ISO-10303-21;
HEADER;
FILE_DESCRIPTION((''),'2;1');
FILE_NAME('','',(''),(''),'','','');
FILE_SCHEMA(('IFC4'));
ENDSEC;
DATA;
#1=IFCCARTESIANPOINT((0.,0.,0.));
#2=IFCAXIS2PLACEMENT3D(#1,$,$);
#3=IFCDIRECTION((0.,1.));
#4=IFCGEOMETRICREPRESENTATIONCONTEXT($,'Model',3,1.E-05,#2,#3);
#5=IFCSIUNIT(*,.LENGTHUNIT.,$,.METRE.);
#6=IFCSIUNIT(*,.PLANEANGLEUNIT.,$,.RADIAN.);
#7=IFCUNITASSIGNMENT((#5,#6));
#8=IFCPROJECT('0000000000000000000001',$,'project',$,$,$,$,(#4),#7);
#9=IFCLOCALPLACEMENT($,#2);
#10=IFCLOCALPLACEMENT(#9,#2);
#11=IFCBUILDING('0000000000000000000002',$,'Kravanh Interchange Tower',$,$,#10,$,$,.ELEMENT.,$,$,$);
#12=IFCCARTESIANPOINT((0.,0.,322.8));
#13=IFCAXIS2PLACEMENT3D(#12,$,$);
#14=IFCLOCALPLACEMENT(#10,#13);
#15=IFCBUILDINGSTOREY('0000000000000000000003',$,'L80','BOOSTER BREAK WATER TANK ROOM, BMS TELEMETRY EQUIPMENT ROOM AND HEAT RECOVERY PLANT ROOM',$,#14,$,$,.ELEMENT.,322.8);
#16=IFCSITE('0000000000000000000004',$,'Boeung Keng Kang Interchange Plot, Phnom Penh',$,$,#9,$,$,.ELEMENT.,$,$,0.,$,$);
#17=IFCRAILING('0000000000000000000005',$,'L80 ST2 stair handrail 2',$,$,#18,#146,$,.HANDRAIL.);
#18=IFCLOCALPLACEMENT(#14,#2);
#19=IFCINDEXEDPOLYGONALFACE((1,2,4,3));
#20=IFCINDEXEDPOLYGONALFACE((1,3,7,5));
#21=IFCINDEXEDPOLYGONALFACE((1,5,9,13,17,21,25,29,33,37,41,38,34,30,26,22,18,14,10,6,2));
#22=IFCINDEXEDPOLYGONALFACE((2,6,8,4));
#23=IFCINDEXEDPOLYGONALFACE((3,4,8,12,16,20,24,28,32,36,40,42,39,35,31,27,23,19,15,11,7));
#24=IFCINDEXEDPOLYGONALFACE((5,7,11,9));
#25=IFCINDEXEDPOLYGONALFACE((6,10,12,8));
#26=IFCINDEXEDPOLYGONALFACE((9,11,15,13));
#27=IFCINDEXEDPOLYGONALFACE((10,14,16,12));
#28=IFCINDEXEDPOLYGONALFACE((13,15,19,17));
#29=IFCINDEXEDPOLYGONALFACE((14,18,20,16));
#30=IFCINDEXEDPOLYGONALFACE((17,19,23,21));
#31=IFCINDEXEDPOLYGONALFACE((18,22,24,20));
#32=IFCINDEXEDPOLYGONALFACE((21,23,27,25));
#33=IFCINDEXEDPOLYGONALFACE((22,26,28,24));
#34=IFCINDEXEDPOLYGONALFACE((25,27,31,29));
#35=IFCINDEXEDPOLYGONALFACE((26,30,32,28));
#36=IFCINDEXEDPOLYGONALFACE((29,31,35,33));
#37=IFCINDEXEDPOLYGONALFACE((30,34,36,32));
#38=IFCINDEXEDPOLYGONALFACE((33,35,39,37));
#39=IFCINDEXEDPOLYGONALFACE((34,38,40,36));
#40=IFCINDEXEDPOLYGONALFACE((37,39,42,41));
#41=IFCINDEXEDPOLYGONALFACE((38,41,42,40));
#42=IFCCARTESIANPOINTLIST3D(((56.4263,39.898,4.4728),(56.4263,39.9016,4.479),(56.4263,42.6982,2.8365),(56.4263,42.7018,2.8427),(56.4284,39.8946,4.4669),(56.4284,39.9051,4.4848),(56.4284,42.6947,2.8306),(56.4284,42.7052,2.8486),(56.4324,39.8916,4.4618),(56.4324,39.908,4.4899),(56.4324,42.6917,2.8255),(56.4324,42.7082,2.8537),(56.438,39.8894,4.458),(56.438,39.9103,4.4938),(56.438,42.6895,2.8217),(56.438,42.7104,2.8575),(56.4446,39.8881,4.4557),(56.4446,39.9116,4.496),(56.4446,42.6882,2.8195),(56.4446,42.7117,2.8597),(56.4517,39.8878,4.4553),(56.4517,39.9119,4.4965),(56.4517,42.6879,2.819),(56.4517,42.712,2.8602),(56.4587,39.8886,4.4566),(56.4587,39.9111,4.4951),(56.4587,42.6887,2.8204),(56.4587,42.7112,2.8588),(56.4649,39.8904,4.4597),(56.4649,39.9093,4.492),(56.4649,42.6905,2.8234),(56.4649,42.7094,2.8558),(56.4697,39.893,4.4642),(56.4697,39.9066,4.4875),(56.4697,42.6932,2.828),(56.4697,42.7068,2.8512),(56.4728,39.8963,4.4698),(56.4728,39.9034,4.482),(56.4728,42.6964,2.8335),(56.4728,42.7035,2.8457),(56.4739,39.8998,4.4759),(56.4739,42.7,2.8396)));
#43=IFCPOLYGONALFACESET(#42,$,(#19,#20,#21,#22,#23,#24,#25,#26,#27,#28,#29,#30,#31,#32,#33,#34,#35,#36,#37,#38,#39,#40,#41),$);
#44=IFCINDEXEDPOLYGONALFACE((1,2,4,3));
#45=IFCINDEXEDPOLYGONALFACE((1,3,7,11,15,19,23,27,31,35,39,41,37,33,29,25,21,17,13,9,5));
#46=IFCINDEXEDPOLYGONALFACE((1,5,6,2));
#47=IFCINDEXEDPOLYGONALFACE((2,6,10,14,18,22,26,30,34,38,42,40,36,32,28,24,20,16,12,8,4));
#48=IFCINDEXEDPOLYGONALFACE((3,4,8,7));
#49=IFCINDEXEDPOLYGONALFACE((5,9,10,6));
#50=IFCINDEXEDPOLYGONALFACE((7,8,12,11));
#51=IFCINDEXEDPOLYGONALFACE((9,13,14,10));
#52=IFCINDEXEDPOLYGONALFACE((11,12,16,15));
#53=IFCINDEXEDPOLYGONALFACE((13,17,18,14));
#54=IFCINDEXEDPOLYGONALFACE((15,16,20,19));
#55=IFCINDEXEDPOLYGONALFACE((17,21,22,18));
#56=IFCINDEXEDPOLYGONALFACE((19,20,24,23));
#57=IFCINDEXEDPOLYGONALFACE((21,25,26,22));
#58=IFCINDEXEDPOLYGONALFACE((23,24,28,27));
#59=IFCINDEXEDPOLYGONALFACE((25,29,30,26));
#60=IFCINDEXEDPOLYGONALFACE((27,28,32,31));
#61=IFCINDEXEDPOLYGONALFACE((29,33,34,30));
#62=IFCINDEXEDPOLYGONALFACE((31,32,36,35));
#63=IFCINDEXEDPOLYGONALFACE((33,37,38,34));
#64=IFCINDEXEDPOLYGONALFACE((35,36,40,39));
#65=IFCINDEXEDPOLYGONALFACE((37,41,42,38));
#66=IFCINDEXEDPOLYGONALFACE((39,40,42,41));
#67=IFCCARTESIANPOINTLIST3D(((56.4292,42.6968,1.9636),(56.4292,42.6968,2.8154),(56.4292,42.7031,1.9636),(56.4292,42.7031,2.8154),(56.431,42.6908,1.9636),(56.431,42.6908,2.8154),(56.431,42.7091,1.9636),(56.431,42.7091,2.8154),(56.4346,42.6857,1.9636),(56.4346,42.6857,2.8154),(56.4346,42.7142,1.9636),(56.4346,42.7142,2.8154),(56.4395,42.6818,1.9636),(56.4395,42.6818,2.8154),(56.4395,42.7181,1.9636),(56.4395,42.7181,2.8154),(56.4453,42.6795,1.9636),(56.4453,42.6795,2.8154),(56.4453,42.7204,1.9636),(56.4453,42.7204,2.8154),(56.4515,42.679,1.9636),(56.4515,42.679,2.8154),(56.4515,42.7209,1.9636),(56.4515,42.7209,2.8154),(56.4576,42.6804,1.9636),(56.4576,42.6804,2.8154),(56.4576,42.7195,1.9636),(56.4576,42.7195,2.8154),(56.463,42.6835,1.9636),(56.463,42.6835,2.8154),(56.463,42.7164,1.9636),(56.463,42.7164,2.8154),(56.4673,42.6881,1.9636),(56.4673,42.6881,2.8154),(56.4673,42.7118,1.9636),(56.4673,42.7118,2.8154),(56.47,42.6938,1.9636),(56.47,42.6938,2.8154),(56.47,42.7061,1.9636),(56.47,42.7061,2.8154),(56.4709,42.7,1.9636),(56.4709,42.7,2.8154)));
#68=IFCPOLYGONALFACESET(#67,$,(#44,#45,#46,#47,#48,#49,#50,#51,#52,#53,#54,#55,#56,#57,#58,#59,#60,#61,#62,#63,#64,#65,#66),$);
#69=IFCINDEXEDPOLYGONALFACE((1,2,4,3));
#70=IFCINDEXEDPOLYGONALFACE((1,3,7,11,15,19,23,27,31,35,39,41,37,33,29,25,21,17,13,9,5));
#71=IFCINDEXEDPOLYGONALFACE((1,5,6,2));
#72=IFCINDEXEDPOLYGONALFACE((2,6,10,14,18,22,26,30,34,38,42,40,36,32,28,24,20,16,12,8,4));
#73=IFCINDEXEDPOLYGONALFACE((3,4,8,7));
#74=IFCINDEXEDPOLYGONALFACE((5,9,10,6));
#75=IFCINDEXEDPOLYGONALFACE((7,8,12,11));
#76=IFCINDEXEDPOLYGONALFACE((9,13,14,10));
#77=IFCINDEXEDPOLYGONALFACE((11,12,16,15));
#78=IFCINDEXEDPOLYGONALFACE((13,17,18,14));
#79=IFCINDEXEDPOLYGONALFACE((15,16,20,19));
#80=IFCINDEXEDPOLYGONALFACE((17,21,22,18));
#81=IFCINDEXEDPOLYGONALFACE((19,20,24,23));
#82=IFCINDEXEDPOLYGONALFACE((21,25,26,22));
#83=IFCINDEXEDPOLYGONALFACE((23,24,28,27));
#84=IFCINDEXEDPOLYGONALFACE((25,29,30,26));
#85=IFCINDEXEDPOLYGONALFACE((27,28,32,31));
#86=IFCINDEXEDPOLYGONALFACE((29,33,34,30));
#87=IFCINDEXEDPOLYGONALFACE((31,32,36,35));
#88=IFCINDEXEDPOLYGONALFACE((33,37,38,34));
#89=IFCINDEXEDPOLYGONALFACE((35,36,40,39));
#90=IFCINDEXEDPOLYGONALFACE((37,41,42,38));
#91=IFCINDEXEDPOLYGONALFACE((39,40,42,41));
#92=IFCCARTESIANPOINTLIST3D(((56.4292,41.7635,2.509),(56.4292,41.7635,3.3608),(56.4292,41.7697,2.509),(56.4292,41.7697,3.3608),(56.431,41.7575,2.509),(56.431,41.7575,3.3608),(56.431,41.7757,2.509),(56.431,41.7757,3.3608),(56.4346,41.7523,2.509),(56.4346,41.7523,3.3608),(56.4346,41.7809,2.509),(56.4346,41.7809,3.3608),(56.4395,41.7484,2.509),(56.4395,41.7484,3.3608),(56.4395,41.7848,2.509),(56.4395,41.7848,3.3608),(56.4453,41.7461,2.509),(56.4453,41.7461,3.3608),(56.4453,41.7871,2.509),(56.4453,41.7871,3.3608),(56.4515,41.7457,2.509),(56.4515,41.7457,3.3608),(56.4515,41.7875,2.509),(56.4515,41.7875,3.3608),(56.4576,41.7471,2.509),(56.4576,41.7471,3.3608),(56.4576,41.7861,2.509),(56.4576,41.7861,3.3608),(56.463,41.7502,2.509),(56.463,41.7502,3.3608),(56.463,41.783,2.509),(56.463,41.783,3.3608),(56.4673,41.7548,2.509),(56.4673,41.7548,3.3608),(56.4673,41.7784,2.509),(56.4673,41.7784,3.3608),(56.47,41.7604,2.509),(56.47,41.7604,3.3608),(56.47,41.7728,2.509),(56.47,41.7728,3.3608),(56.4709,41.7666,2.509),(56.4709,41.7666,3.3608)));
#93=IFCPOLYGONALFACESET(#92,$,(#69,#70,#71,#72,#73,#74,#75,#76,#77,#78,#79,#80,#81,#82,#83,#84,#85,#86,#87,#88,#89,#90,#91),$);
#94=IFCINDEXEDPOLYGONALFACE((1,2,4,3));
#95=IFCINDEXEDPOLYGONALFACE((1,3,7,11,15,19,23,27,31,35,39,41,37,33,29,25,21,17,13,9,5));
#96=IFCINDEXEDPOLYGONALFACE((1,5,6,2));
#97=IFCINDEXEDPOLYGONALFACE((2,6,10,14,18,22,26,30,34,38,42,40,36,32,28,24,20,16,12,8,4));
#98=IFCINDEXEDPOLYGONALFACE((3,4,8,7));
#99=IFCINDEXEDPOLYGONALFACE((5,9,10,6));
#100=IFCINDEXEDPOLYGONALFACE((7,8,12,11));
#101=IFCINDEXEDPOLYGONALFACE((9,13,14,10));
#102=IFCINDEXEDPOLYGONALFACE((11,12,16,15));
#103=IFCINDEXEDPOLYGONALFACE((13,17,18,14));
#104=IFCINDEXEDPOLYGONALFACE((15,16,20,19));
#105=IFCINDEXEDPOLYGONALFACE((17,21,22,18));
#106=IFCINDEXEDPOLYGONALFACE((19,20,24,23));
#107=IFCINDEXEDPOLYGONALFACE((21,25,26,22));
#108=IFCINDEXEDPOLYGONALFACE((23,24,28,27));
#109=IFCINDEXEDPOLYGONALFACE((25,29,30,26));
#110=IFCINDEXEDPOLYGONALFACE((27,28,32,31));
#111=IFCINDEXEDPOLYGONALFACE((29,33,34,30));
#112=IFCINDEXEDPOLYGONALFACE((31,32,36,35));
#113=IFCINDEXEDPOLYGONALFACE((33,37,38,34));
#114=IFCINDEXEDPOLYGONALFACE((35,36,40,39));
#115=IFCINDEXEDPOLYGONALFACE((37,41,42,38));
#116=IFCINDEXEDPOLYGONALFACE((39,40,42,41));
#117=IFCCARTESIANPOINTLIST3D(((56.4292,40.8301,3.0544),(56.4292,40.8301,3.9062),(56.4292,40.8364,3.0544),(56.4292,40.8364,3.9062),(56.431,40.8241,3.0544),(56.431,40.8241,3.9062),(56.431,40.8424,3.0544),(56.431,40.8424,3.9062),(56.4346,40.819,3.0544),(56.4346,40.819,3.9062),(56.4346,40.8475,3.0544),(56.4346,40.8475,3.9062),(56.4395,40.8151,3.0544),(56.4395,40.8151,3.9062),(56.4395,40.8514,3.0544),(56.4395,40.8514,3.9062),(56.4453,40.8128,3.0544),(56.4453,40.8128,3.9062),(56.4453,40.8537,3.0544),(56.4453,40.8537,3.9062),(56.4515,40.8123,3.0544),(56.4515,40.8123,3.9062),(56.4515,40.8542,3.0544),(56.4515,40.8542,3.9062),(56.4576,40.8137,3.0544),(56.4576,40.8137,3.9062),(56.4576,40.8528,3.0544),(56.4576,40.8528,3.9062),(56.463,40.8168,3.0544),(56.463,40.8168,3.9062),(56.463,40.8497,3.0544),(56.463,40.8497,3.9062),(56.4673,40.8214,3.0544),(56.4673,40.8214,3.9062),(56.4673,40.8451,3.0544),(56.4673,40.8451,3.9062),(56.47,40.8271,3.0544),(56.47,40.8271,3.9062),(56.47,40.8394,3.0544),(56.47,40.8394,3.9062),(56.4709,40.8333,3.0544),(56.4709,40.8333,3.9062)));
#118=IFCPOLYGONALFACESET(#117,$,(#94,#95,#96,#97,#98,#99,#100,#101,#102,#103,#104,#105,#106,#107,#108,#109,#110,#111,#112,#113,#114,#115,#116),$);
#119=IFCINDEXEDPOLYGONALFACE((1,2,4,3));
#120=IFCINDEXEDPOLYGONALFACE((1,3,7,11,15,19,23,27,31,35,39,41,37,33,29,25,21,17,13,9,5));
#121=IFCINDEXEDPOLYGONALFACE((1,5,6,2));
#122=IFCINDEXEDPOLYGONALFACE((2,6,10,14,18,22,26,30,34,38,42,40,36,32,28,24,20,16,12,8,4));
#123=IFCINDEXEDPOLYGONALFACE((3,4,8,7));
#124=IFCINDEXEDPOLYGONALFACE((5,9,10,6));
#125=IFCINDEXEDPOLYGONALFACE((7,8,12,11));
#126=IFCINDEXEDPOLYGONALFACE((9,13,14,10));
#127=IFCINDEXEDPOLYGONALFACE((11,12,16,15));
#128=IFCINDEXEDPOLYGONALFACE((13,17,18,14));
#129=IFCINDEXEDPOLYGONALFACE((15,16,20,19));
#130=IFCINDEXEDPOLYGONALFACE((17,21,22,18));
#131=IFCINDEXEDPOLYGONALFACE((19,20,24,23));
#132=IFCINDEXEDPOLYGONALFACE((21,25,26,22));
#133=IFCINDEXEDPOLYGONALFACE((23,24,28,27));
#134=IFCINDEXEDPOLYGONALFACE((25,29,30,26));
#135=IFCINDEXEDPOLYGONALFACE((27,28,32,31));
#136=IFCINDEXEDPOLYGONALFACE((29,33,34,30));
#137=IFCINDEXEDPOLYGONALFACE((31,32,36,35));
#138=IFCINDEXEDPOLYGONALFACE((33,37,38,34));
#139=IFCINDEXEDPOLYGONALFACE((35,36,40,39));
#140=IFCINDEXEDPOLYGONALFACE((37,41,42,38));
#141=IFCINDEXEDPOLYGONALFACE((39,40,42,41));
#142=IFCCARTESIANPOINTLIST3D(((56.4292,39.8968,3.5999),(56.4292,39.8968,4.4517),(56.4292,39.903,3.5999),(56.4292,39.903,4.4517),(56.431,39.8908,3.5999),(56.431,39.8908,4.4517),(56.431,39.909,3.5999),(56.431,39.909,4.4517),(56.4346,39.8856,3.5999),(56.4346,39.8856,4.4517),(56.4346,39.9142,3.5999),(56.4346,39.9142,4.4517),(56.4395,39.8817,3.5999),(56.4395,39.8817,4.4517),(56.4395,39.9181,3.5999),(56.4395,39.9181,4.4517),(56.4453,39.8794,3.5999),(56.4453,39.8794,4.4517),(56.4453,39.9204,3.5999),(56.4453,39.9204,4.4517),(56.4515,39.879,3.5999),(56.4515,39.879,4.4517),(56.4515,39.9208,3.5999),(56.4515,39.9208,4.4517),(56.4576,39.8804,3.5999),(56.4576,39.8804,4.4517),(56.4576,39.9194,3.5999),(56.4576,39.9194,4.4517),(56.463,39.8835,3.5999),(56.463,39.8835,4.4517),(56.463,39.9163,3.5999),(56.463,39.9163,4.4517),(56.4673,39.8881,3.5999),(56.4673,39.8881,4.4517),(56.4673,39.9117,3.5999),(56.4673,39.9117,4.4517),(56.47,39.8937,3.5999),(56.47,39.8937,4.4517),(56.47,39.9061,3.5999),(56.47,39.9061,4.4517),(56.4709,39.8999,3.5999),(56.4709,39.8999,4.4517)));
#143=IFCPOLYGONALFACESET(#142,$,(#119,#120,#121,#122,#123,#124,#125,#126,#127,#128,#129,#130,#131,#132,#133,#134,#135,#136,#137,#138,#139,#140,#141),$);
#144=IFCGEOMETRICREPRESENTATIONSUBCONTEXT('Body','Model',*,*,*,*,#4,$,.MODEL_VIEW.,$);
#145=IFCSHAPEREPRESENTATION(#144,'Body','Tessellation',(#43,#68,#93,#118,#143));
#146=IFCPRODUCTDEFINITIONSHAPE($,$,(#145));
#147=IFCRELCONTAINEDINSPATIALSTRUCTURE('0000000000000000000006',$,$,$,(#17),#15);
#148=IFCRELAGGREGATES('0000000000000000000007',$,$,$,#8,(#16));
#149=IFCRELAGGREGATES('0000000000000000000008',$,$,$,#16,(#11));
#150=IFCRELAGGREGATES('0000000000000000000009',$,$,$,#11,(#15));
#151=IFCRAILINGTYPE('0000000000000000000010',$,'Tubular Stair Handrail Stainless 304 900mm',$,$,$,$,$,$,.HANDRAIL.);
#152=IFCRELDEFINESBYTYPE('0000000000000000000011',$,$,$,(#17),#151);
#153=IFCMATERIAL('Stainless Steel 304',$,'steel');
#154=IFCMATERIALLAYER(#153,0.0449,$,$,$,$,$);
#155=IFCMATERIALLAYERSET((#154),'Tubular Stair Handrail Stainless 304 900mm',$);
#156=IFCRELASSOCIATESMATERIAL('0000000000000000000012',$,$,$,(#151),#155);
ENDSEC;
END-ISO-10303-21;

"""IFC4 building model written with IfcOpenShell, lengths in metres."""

from ifc_helpers import new_model, si_unit, direction, frame, origin, origin_2d, place, context, subcontext, project, spatial, circle, extrude, material, layer, layer_set, type_object, element, save


model = new_model("IFC4")

# Units and contexts
model_context = context("Model", 3, precision=1e-05, world=origin(), true_north=direction((0.0, 1.0)))
body_context = subcontext(model_context, "Body", "Model", "MODEL_VIEW")
ifc_project = project(units=[si_unit("LENGTHUNIT", "METRE"), si_unit("PLANEANGLEUNIT", "RADIAN")], contexts=[model_context])

# Site, building, storey
site_placement = place(None, origin())
site = spatial("IfcSite", under=ifc_project, at=site_placement, Name="Boeung Keng Kang Interchange Plot, Phnom Penh", CompositionType="ELEMENT", RefElevation=0.0)
building_placement = place(site_placement, origin())
building = spatial("IfcBuilding", under=site, at=building_placement, Name="Kravanh Interchange Tower", CompositionType="ELEMENT")
storey_placement = place(building_placement, frame((0.0, 0.0, 322.8)))
storey = spatial("IfcBuildingStorey", under=building, at=storey_placement, Name="L80", Description="BOOSTER BREAK WATER TANK ROOM, BMS TELEMETRY EQUIPMENT ROOM AND HEAT RECOVERY PLANT ROOM", CompositionType="ELEMENT", Elevation=322.8)

# Railing
ifc_material_1 = material(Name="Stainless Steel 304", Category="steel")
ifc_layer_1 = layer(ifc_material_1, 0.0449)
ifc_layer_set_1 = layer_set([ifc_layer_1], Name="Tubular Stair Handrail Stainless 304 900mm")
railing_type = type_object("IfcRailingType", Name="Tubular Stair Handrail Stainless 304 900mm", PredefinedType="HANDRAIL", material=ifc_layer_set_1)
railing_placement = place(storey_placement, frame((56.45, 42.7, 1.9636)))
element("IfcRailing", 1, at=railing_placement, inside=storey, type_object=railing_type, Name="L80 ST2 stair handrail 2", PredefinedType="HANDRAIL", context=body_context, shape_type="SweptSolid", body=[
    extrude(circle(Radius=0.0239, at=origin_2d()), frame((0.0, 0.0, 0.876), z_axis=(0.0, -0.863394, 0.504531), x_axis=(1.0, 0.0, 0.0)), (0.0, 0.0, 1.0), 3.2432),
    extrude(circle(Radius=0.021, at=origin_2d()), origin(), (0.0, 0.0, 1.0), 0.8518),
    extrude(circle(Radius=0.021, at=origin_2d()), frame((0.0, -0.9333, 0.5454)), (0.0, 0.0, 1.0), 0.8518),
    extrude(circle(Radius=0.021, at=origin_2d()), frame((0.0, -1.8667, 1.0908)), (0.0, 0.0, 1.0), 0.8518),
    extrude(circle(Radius=0.021, at=origin_2d()), frame((0.0, -2.8, 1.6362)), (0.0, 0.0, 1.0), 0.8518),
])

save(model, "model.ifc")
